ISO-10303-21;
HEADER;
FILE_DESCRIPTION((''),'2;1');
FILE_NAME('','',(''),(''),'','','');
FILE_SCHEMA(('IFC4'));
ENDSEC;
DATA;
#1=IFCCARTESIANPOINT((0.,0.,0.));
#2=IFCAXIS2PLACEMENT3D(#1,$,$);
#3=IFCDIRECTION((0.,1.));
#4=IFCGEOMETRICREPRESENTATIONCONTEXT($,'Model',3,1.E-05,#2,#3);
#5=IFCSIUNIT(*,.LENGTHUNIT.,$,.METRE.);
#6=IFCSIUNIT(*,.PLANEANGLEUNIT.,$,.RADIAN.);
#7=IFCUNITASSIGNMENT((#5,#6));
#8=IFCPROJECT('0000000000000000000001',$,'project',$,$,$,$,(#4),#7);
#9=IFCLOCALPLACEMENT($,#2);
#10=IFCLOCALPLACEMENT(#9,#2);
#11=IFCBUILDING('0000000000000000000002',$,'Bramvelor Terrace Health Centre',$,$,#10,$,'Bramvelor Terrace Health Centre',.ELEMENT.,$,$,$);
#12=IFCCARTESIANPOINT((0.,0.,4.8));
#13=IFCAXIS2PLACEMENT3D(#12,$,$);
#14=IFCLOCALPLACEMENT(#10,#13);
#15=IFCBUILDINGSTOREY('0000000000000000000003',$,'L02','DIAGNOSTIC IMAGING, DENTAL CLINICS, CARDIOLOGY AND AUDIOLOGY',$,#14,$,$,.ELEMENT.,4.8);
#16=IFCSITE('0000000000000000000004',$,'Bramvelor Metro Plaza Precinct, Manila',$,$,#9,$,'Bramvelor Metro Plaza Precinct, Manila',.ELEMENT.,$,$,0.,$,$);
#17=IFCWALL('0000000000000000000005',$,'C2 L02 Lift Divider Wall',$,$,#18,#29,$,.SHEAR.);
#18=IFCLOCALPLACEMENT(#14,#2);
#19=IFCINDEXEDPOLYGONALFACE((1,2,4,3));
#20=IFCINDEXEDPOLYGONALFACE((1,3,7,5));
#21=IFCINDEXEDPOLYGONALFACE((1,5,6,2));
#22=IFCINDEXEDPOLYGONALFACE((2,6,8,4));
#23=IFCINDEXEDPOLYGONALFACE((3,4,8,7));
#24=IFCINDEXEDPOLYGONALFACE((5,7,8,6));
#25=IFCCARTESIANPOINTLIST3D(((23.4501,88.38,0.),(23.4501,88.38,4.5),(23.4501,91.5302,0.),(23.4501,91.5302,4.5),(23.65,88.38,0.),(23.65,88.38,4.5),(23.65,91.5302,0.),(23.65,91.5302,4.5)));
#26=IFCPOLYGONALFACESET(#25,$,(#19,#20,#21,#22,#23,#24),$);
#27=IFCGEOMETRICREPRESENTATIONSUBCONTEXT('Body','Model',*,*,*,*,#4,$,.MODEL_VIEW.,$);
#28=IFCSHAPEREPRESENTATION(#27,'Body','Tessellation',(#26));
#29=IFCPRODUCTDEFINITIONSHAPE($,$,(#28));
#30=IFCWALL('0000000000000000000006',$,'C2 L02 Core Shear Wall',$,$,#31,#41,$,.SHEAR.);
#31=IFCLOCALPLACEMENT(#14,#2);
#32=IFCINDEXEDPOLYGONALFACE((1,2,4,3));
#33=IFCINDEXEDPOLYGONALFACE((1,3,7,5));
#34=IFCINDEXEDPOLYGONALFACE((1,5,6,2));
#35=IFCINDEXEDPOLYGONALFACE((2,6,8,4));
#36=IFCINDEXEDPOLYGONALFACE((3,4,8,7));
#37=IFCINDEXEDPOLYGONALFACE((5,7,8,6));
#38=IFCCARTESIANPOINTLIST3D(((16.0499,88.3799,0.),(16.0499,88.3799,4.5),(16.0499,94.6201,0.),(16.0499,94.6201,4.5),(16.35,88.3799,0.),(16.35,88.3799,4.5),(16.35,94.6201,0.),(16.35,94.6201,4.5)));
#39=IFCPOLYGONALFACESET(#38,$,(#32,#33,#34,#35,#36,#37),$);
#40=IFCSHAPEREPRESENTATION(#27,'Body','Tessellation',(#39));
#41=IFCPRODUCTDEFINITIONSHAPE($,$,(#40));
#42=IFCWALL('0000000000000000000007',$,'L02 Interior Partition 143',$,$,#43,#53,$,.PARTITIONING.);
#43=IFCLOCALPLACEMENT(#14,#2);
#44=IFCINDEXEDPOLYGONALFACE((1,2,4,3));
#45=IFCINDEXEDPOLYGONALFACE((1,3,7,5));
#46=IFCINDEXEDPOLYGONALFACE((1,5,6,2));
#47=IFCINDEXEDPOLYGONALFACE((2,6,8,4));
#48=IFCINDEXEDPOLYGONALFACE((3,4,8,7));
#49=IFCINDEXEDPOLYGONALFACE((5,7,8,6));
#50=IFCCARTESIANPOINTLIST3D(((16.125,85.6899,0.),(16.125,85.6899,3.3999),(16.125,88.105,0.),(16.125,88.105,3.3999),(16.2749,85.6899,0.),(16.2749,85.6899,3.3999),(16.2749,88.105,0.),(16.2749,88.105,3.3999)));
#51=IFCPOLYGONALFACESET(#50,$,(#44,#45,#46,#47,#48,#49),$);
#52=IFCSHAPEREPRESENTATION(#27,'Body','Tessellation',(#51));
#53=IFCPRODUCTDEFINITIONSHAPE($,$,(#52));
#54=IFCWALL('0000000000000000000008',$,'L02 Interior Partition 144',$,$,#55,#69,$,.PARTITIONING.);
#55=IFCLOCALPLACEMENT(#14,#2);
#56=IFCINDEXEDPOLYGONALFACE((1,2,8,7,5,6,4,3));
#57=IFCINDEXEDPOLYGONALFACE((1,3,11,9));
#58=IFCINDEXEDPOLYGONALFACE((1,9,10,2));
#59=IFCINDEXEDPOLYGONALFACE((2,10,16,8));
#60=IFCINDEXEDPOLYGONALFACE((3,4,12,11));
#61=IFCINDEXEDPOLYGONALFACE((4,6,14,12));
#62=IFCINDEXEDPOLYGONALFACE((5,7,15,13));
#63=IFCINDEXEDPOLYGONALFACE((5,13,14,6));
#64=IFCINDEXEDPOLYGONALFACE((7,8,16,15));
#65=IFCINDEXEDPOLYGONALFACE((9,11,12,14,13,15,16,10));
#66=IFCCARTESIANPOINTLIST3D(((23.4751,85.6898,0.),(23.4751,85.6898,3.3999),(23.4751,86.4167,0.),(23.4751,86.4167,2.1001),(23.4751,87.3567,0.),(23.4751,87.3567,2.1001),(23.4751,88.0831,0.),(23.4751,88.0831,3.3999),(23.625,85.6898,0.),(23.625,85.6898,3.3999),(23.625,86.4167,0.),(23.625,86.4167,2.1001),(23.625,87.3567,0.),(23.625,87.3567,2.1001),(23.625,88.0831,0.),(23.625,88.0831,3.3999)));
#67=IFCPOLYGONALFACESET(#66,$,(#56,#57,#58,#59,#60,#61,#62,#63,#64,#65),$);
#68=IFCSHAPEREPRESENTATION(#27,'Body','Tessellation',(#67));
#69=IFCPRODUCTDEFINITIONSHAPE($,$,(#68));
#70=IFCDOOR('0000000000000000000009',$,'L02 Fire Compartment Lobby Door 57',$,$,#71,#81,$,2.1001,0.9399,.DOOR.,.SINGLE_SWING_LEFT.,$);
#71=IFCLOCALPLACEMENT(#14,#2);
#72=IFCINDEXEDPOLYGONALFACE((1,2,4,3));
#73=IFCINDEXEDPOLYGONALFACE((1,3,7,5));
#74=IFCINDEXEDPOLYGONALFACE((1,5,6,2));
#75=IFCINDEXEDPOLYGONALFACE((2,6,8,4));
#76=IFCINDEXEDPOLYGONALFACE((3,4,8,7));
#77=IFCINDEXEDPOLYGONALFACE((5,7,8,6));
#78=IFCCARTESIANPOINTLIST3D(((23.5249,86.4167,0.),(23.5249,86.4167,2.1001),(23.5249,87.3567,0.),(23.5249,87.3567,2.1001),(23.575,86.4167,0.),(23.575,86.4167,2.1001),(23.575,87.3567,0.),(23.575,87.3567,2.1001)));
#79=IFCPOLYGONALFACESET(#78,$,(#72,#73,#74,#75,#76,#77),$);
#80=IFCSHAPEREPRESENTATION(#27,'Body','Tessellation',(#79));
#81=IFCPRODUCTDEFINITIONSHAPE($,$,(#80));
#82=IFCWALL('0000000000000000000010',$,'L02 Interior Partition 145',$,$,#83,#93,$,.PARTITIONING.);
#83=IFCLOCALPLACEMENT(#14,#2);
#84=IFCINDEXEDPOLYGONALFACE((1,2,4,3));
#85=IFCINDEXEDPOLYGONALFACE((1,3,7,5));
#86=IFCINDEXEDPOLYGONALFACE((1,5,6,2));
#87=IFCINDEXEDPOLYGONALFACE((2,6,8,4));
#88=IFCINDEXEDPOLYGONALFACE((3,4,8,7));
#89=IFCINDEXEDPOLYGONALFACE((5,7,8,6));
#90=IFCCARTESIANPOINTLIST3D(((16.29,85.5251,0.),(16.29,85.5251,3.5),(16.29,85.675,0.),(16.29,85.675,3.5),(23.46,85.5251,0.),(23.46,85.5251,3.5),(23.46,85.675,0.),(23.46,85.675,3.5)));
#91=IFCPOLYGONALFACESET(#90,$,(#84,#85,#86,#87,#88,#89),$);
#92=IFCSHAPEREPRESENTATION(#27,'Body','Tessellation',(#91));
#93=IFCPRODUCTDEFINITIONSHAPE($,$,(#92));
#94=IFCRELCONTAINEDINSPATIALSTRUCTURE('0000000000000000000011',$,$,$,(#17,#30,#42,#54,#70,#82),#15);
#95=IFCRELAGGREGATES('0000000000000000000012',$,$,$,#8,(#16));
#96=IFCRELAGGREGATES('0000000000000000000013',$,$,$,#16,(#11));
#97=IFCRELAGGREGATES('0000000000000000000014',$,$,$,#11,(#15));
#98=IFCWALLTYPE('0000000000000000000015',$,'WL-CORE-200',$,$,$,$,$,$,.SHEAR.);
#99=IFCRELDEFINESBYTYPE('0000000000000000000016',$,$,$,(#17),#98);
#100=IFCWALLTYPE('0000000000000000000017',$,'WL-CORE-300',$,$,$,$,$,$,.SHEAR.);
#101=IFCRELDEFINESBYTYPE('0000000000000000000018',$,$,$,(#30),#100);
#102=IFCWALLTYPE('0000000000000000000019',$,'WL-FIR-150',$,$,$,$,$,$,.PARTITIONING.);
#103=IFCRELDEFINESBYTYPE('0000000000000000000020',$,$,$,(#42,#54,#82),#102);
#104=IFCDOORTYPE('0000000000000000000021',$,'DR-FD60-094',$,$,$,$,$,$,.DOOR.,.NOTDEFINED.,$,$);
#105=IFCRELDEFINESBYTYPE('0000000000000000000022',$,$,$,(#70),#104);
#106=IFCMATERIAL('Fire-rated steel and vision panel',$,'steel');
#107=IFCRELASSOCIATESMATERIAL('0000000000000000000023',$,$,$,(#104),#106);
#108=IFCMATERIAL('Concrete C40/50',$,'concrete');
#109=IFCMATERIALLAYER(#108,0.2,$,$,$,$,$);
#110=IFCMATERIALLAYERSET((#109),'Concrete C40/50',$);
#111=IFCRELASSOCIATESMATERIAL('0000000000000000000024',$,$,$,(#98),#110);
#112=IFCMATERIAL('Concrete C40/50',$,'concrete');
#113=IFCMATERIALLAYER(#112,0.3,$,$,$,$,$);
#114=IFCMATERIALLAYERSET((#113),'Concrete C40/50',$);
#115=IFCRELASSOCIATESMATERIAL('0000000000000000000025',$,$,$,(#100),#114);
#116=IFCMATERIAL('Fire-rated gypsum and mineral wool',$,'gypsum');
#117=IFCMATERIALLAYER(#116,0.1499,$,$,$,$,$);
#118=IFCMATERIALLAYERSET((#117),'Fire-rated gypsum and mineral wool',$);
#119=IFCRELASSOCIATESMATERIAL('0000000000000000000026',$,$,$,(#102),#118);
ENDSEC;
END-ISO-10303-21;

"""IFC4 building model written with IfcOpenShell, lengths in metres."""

from ifc_helpers import new_model, si_unit, direction, frame, frame_2d, origin, place, context, subcontext, project, spatial, rectangle, extrude, material, layer, layer_set, type_object, element, fill, save


model = new_model("IFC4")

# Units and contexts
model_context = context("Model", 3, precision=1e-05, world=origin(), true_north=direction((0.0, 1.0)))
body_context = subcontext(model_context, "Body", "Model", "MODEL_VIEW")
ifc_project = project(units=[si_unit("LENGTHUNIT", "METRE"), si_unit("PLANEANGLEUNIT", "RADIAN")], contexts=[model_context])

# Site, building, storey
site_placement = place(None, origin())
site = spatial("IfcSite", under=ifc_project, at=site_placement, Name="Bramvelor Metro Plaza Precinct, Manila", LongName="Bramvelor Metro Plaza Precinct, Manila", CompositionType="ELEMENT", RefElevation=0.0)
building_placement = place(site_placement, origin())
building = spatial("IfcBuilding", under=site, at=building_placement, Name="Bramvelor Terrace Health Centre", LongName="Bramvelor Terrace Health Centre", CompositionType="ELEMENT")
storey_placement = place(building_placement, frame((0.0, 0.0, 4.8)))
storey = spatial("IfcBuildingStorey", under=building, at=storey_placement, Name="L02", Description="DIAGNOSTIC IMAGING, DENTAL CLINICS, CARDIOLOGY AND AUDIOLOGY", CompositionType="ELEMENT", Elevation=4.8)

# Shared definitions
ifc_material_1 = material(Name="Fire-rated steel and vision panel", Category="steel")
door_type_1 = type_object("IfcDoorType", Name="DR-FD60-094", OperationType="NOTDEFINED", PredefinedType="DOOR", material=ifc_material_1)

# Wall
ifc_material_2 = material(Name="Concrete C40/50", Category="concrete")
ifc_layer_1 = layer(ifc_material_2, 0.2)
ifc_layer_set_1 = layer_set([ifc_layer_1], Name="Concrete C40/50")
wall_type_1 = type_object("IfcWallType", Name="WL-CORE-200", PredefinedType="SHEAR", material=ifc_layer_set_1)
for number, where, z_axis, x_axis, name in (
    (1, (23.55, 88.3799, 0.0), (0.0, 0.0, 1.0), (0.0, 1.0, 0.0), "C2 L02 Lift Divider Wall"),
):
    element("IfcWall", number, at=place(storey_placement, frame(where, z_axis=z_axis, x_axis=x_axis)), inside=storey, type_object=wall_type_1, Name=name, PredefinedType="SHEAR", context=body_context, shape_type="SweptSolid", body=[
        extrude(rectangle(XDim=3.1501, YDim=0.2, at=frame_2d((1.5752, 0.0))), origin(), (0.0, 0.0, 1.0), 4.5),
    ])

# Shared definitions
ifc_material_3 = material(Name="Concrete C40/50", Category="concrete")
ifc_layer_2 = layer(ifc_material_3, 0.3)
ifc_layer_set_2 = layer_set([ifc_layer_2], Name="Concrete C40/50")
wall_type_2 = type_object("IfcWallType", Name="WL-CORE-300", PredefinedType="SHEAR", material=ifc_layer_set_2)

# Walls
wall_1_placement = place(storey_placement, frame((16.2, 88.3799, 0.0), z_axis=(0.0, 0.0, 1.0), x_axis=(0.0, 1.0, 0.0)))
element("IfcWall", 2, at=wall_1_placement, inside=storey, type_object=wall_type_2, Name="C2 L02 Core Shear Wall", PredefinedType="SHEAR", context=body_context, shape_type="SweptSolid", body=[
    extrude(rectangle(XDim=6.2402, YDim=0.3, at=frame_2d((3.1201, 0.0))), origin(), (0.0, 0.0, 1.0), 4.5),
])
ifc_material_4 = material(Name="Fire-rated gypsum and mineral wool", Category="gypsum")
ifc_layer_3 = layer(ifc_material_4, 0.1499)
ifc_layer_set_3 = layer_set([ifc_layer_3], Name="Fire-rated gypsum and mineral wool")
wall_type_3 = type_object("IfcWallType", Name="WL-FIR-150", PredefinedType="PARTITIONING", material=ifc_layer_set_3)
wall_2_placement = place(storey_placement, frame((16.2, 85.6899, 0.0), z_axis=(0.0, 0.0, 1.0), x_axis=(0.0, 1.0, 0.0)))
element("IfcWall", 3, at=wall_2_placement, inside=storey, type_object=wall_type_3, Name="L02 Interior Partition 143", PredefinedType="PARTITIONING", context=body_context, shape_type="SweptSolid", body=[
    extrude(rectangle(XDim=2.415, YDim=0.1499, at=frame_2d((1.2075, 0.0))), origin(), (0.0, 0.0, 1.0), 3.3999),
])

# Wall, opening, door
wall_3_placement = place(storey_placement, frame((23.55, 88.0833, 0.0), z_axis=(0.0, 0.0, 1.0), x_axis=(0.0, -1.0, 0.0)))
wall_3 = element("IfcWall", 4, at=wall_3_placement, inside=storey, type_object=wall_type_3, Name="L02 Interior Partition 144", PredefinedType="PARTITIONING", context=body_context, shape_type="SweptSolid", body=[
    extrude(rectangle(XDim=2.3933, YDim=0.1499, at=frame_2d((1.1968, 0.0))), origin(), (0.0, 0.0, 1.0), 3.3999),
])
opening_1_placement = place(wall_3_placement, frame((0.7266, 0.0, 0.0)))
opening_1 = element("IfcOpeningElement", 5, at=opening_1_placement, cuts=wall_3, PredefinedType="OPENING", context=body_context, shape_type="SweptSolid", body=[
    extrude(rectangle(XDim=0.9399, YDim=2.1001, at=frame_2d((0.47, 1.05))), frame((0.0, 0.085, 0.0), z_axis=(0.0, -1.0, 0.0), x_axis=(1.0, 0.0, 0.0)), (0.0, 0.0, 1.0), 0.1699),
])
door_1_placement = place(opening_1_placement, origin())
door_1 = element("IfcDoor", 6, at=door_1_placement, inside=storey, type_object=door_type_1, Name="L02 Fire Compartment Lobby Door 57", OperationType="SINGLE_SWING_LEFT", OverallHeight=2.1001, OverallWidth=0.9399, PredefinedType="DOOR", context=body_context, shape_type="SweptSolid", body=[
    extrude(rectangle(XDim=0.9399, YDim=2.1001, at=frame_2d((0.47, 1.05))), frame((0.0, 0.0249, 0.0), z_axis=(0.0, -1.0, 0.0), x_axis=(1.0, 0.0, 0.0)), (0.0, 0.0, 1.0), 0.05),
])
fill(opening_1, door_1)

# Wall
wall_4_placement = place(storey_placement, frame((23.46, 85.6001, 0.0), z_axis=(0.0, 0.0, 1.0), x_axis=(-1.0, 0.0, 0.0)))
element("IfcWall", 7, at=wall_4_placement, inside=storey, type_object=wall_type_3, Name="L02 Interior Partition 145", PredefinedType="PARTITIONING", context=body_context, shape_type="SweptSolid", body=[
    extrude(rectangle(XDim=7.1699, YDim=0.1499, at=frame_2d((3.585, 0.0))), origin(), (0.0, 0.0, 1.0), 3.5),
])

save(model, "model.ifc")
